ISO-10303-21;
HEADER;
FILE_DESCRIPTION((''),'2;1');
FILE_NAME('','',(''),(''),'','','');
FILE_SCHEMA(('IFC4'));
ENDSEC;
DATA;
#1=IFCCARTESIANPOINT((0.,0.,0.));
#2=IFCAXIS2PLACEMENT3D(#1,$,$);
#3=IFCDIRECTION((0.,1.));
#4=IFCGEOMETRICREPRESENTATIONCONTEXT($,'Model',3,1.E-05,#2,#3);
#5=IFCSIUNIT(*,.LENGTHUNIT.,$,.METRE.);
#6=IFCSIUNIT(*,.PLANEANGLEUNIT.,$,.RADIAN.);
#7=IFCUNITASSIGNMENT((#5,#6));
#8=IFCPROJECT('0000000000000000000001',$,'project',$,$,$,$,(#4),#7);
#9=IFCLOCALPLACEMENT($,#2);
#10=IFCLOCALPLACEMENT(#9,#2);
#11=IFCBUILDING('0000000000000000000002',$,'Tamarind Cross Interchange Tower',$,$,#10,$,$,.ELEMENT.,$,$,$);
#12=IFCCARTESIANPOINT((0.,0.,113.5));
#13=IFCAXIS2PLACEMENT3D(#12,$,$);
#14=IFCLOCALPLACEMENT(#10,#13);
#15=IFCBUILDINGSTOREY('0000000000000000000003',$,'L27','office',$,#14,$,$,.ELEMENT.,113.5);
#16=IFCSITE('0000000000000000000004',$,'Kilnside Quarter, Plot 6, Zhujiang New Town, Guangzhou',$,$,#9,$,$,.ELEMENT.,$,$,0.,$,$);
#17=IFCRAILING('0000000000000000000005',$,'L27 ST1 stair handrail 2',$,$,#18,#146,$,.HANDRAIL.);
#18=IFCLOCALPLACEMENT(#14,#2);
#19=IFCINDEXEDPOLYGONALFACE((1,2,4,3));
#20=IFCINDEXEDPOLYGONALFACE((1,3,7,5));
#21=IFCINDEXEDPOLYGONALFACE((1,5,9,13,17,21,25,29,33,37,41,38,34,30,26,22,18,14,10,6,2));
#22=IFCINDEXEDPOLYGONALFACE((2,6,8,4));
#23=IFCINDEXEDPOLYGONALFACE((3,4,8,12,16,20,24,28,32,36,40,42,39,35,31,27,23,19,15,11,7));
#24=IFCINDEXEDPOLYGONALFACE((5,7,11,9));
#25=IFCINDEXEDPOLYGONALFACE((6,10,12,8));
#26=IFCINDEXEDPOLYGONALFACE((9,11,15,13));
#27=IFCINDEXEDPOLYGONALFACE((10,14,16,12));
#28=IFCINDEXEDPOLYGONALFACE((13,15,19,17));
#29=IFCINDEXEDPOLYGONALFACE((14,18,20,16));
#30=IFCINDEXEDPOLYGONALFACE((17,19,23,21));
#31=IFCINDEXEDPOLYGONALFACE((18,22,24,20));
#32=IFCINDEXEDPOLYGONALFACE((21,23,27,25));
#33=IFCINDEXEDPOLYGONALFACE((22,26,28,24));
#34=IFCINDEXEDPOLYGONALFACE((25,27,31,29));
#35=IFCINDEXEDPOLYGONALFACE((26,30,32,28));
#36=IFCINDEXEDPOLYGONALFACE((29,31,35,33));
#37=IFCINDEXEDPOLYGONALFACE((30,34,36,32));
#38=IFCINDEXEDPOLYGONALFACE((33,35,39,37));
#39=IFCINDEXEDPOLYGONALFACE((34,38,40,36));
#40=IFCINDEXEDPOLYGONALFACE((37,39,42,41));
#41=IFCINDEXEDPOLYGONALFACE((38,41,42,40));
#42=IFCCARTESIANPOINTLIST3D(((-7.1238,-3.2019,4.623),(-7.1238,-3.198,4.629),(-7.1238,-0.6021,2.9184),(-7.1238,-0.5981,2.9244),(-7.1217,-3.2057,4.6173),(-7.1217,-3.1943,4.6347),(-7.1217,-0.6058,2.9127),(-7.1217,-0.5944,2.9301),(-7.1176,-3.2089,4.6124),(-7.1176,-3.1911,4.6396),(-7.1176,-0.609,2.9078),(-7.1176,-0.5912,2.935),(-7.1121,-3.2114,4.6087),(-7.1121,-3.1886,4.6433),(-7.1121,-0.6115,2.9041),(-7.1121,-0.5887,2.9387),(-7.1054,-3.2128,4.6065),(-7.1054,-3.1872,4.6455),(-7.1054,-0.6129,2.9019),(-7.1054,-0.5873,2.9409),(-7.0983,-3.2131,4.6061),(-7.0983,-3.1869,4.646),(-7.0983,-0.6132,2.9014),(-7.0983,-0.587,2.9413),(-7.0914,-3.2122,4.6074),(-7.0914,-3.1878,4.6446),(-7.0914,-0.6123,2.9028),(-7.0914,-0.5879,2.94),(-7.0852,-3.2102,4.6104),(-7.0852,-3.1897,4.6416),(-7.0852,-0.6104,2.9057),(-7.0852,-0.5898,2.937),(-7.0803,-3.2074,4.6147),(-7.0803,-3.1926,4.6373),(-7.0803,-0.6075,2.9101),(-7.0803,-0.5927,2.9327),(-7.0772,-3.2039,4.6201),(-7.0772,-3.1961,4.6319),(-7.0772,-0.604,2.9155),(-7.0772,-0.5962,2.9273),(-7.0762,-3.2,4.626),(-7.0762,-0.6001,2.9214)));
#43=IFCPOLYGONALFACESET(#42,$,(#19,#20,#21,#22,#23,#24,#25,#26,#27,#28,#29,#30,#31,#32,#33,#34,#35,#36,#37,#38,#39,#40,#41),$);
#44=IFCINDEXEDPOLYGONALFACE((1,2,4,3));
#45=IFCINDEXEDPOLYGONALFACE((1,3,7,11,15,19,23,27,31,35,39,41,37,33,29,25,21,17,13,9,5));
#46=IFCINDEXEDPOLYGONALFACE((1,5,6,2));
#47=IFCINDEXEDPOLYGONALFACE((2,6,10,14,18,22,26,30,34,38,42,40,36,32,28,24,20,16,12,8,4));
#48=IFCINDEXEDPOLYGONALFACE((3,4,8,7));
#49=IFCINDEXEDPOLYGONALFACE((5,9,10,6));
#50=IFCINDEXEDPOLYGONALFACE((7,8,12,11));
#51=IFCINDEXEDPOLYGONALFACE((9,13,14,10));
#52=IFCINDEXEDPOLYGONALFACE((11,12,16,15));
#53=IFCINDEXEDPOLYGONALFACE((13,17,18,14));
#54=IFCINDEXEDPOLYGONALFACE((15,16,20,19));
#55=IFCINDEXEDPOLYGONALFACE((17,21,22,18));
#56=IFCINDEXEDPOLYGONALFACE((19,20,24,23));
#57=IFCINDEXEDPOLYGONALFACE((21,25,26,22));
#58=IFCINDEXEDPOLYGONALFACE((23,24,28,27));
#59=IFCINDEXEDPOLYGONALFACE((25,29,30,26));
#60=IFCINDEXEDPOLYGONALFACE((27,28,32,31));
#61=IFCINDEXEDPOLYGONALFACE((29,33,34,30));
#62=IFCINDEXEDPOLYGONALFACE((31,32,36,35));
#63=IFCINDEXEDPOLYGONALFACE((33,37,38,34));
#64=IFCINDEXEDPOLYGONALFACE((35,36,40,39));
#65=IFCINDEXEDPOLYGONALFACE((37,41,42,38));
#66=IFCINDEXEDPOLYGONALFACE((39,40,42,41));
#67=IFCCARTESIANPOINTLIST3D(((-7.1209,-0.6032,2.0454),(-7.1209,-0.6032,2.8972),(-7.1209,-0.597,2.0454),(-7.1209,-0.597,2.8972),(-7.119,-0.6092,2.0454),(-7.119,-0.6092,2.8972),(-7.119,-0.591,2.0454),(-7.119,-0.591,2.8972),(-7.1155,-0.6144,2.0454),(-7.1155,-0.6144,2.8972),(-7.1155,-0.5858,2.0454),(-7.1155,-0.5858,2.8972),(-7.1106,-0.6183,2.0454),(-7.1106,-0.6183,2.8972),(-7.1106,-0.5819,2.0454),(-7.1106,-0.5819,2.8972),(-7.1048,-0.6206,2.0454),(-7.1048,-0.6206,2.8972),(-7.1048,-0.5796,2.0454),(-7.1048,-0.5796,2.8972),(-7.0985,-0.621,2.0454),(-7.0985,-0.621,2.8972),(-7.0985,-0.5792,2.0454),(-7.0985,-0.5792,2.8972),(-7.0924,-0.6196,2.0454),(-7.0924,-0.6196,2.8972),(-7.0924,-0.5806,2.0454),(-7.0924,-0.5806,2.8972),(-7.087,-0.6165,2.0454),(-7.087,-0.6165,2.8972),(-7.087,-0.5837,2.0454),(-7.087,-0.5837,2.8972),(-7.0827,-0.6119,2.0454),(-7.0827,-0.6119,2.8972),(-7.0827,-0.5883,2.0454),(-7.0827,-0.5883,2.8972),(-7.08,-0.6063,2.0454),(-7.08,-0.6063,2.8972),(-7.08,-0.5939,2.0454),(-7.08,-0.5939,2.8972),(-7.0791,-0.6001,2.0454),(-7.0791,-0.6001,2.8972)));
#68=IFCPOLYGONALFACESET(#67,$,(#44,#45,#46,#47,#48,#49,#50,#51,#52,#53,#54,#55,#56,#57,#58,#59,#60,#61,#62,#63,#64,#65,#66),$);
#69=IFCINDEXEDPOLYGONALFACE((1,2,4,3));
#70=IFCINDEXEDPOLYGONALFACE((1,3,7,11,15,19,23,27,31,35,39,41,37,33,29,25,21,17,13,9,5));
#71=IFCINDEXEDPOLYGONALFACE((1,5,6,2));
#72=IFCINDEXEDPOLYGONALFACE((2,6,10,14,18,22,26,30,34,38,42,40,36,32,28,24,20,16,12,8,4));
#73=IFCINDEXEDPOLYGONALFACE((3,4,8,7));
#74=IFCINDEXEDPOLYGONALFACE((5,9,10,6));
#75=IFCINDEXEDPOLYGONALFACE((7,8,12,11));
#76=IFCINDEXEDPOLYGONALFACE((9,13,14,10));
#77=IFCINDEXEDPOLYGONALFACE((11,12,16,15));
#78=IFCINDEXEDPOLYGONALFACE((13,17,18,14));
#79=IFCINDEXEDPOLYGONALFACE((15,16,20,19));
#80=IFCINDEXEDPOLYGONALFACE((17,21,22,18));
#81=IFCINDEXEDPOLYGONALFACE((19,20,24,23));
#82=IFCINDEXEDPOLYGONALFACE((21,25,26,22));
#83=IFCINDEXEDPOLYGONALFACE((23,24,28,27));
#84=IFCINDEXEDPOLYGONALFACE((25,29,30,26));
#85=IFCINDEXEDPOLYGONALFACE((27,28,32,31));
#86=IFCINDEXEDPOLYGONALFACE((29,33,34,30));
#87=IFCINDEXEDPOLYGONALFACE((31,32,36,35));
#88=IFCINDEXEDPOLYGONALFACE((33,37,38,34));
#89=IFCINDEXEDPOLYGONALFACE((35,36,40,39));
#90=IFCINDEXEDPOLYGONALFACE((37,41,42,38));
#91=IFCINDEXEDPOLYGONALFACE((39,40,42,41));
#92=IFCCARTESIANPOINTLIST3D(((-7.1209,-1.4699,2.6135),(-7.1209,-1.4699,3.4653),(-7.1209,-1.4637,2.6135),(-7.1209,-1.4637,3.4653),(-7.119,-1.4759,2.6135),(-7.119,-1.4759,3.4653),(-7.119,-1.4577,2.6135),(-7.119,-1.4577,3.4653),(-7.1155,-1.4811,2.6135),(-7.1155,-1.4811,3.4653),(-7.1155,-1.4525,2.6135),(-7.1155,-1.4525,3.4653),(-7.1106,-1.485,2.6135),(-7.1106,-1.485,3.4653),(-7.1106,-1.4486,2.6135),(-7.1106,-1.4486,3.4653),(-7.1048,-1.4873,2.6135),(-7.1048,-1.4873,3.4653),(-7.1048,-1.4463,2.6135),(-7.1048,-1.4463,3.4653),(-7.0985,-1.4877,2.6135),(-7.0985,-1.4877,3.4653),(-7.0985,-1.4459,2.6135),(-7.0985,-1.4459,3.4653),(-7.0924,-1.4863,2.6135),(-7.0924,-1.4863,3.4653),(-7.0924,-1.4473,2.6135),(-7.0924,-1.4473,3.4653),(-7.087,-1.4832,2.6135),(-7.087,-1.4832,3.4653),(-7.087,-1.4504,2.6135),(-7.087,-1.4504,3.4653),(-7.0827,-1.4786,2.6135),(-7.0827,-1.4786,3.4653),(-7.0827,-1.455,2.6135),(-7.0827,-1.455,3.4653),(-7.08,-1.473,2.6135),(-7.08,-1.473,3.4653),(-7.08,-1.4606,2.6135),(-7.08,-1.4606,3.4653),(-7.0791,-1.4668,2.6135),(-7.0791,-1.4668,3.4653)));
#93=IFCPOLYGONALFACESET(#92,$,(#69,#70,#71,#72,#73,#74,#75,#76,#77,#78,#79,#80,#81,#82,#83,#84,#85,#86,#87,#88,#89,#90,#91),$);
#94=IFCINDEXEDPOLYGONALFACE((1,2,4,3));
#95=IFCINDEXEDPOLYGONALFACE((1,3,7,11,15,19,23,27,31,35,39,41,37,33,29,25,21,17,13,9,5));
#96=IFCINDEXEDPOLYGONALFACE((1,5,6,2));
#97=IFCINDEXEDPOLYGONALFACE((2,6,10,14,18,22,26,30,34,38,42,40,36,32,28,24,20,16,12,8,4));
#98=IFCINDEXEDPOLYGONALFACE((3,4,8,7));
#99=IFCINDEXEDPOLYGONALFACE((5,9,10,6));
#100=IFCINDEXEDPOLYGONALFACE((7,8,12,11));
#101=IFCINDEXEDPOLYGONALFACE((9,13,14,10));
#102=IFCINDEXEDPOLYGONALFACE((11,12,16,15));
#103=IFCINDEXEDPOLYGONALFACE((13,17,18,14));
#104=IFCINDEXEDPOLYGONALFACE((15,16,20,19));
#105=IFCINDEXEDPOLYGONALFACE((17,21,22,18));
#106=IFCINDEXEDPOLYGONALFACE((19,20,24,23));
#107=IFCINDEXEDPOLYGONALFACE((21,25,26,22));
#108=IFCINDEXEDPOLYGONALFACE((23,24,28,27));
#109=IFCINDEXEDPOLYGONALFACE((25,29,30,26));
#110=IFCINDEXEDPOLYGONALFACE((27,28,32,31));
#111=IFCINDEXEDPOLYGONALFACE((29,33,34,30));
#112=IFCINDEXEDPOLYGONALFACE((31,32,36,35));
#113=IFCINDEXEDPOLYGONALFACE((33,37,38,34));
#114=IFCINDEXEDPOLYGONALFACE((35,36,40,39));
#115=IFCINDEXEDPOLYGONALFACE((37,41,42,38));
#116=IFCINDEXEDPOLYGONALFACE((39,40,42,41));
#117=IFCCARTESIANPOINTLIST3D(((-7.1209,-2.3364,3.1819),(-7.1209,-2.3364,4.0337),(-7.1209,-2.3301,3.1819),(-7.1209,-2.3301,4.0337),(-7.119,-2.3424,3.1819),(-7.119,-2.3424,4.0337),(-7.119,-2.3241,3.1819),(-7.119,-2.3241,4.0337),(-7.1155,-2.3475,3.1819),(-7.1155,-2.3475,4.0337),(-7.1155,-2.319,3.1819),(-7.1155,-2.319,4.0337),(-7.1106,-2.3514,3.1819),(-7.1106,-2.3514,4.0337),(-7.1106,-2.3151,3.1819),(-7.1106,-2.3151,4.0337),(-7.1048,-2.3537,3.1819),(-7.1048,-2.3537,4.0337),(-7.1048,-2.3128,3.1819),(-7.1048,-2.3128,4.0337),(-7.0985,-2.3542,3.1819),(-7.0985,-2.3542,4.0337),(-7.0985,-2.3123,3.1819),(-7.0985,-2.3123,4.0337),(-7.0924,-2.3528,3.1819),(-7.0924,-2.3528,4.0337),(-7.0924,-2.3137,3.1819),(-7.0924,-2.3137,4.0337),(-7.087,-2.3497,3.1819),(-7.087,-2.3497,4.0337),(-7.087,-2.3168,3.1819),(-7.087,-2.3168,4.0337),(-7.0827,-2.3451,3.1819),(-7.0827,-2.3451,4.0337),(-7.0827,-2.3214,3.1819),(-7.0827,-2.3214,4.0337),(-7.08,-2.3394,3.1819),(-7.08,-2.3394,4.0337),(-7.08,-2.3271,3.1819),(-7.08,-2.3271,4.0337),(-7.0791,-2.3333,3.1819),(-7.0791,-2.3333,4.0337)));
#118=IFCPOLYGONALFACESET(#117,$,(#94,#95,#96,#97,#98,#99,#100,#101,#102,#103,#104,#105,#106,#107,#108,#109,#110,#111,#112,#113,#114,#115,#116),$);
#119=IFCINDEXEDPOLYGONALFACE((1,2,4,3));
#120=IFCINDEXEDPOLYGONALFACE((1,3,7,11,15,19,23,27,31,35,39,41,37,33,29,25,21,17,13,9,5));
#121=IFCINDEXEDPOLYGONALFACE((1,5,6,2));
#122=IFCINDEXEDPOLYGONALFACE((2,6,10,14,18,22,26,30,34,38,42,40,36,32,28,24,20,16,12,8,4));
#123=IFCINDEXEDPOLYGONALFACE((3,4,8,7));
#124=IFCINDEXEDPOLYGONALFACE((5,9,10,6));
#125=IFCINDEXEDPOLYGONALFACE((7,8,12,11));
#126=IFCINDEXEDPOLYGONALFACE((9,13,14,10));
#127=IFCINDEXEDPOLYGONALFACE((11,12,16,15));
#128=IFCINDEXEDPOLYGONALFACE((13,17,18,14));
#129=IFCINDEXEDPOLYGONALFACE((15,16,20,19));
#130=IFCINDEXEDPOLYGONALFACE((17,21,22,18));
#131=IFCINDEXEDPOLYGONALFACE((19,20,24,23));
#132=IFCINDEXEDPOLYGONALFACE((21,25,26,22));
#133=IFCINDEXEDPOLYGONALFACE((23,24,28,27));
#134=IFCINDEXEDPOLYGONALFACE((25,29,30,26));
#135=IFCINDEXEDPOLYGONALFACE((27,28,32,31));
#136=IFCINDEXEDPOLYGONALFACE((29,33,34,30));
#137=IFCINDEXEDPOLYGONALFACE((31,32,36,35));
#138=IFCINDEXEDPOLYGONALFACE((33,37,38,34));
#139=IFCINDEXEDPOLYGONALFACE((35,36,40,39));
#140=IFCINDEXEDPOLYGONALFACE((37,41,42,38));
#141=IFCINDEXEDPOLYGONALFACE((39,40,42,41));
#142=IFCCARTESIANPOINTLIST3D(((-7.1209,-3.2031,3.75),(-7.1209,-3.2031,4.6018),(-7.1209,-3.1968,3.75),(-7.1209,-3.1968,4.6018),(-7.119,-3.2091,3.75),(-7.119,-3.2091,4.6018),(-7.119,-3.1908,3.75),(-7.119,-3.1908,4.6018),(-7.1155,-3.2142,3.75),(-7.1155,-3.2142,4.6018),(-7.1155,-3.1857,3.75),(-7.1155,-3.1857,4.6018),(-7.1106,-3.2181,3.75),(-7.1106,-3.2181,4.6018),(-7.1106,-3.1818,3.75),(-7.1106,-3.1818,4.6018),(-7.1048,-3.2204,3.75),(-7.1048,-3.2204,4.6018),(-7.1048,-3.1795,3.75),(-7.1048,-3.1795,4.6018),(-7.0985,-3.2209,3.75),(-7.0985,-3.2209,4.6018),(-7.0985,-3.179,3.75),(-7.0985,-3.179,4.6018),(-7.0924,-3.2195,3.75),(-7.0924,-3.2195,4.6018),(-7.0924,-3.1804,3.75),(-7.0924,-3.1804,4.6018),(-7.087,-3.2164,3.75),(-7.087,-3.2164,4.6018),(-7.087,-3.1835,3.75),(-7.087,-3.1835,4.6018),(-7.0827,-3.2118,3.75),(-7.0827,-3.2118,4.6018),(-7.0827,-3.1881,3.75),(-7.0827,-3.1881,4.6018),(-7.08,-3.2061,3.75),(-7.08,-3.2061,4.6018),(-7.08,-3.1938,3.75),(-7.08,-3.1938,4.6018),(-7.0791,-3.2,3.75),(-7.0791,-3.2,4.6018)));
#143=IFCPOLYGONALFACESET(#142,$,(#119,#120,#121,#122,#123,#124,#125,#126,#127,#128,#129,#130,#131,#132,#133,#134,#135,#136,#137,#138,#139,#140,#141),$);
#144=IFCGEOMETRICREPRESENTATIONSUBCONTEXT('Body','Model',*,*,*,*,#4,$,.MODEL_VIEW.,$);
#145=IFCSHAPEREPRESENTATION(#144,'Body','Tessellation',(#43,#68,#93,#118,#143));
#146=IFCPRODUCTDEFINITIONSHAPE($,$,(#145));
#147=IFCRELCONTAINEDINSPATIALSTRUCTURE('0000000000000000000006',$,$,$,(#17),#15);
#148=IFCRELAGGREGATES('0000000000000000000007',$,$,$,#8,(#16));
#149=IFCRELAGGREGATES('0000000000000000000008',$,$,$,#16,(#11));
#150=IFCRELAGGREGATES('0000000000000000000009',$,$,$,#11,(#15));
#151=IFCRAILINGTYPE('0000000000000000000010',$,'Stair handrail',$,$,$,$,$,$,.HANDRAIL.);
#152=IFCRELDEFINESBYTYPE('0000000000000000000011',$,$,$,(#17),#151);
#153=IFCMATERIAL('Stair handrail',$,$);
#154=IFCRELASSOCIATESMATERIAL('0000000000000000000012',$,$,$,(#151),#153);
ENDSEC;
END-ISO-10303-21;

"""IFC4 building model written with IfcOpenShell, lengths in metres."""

from ifc_helpers import new_model, si_unit, direction, frame, origin, origin_2d, place, context, subcontext, project, spatial, circle, extrude, material, type_object, element, save


model = new_model("IFC4")

# Units and contexts
model_context = context("Model", 3, precision=1e-05, world=origin(), true_north=direction((0.0, 1.0)))
body_context = subcontext(model_context, "Body", "Model", "MODEL_VIEW")
ifc_project = project(units=[si_unit("LENGTHUNIT", "METRE"), si_unit("PLANEANGLEUNIT", "RADIAN")], contexts=[model_context])

# Site, building, storey
site_placement = place(None, origin())
site = spatial("IfcSite", under=ifc_project, at=site_placement, Name="Kilnside Quarter, Plot 6, Zhujiang New Town, Guangzhou", CompositionType="ELEMENT", RefElevation=0.0)
building_placement = place(site_placement, origin())
building = spatial("IfcBuilding", under=site, at=building_placement, Name="Tamarind Cross Interchange Tower", CompositionType="ELEMENT")
storey_placement = place(building_placement, frame((0.0, 0.0, 113.5)))
storey = spatial("IfcBuildingStorey", under=building, at=storey_placement, Name="L27", Description="office", CompositionType="ELEMENT", Elevation=113.5)

# Railing
ifc_material_1 = material(Name="Stair handrail")
railing_type_1 = type_object("IfcRailingType", Name="Stair handrail", PredefinedType="HANDRAIL", material=ifc_material_1)
railing_1_placement = place(storey_placement, frame((-7.1001, -0.6001, 2.0454)))
element("IfcRailing", 1, at=railing_1_placement, inside=storey, type_object=railing_type_1, Name="L27 ST1 stair handrail 2", PredefinedType="HANDRAIL", context=body_context, shape_type="SweptSolid", body=[
    extrude(circle(Radius=0.0239, at=origin_2d()), frame((0.0, 0.0, 0.876), z_axis=(0.0, -0.836279, 0.548305), x_axis=(1.0, 0.0, 0.0)), (0.0, 0.0, 1.0), 3.1089),
    extrude(circle(Radius=0.021, at=origin_2d()), origin(), (0.0, 0.0, 1.0), 0.8518),
    extrude(circle(Radius=0.021, at=origin_2d()), frame((0.0, -0.8667, 0.5681)), (0.0, 0.0, 1.0), 0.8518),
    extrude(circle(Radius=0.021, at=origin_2d()), frame((0.0, -1.7332, 1.1365)), (0.0, 0.0, 1.0), 0.8518),
    extrude(circle(Radius=0.021, at=origin_2d()), frame((0.0, -2.5999, 1.7046)), (0.0, 0.0, 1.0), 0.8518),
])

save(model, "model.ifc")
